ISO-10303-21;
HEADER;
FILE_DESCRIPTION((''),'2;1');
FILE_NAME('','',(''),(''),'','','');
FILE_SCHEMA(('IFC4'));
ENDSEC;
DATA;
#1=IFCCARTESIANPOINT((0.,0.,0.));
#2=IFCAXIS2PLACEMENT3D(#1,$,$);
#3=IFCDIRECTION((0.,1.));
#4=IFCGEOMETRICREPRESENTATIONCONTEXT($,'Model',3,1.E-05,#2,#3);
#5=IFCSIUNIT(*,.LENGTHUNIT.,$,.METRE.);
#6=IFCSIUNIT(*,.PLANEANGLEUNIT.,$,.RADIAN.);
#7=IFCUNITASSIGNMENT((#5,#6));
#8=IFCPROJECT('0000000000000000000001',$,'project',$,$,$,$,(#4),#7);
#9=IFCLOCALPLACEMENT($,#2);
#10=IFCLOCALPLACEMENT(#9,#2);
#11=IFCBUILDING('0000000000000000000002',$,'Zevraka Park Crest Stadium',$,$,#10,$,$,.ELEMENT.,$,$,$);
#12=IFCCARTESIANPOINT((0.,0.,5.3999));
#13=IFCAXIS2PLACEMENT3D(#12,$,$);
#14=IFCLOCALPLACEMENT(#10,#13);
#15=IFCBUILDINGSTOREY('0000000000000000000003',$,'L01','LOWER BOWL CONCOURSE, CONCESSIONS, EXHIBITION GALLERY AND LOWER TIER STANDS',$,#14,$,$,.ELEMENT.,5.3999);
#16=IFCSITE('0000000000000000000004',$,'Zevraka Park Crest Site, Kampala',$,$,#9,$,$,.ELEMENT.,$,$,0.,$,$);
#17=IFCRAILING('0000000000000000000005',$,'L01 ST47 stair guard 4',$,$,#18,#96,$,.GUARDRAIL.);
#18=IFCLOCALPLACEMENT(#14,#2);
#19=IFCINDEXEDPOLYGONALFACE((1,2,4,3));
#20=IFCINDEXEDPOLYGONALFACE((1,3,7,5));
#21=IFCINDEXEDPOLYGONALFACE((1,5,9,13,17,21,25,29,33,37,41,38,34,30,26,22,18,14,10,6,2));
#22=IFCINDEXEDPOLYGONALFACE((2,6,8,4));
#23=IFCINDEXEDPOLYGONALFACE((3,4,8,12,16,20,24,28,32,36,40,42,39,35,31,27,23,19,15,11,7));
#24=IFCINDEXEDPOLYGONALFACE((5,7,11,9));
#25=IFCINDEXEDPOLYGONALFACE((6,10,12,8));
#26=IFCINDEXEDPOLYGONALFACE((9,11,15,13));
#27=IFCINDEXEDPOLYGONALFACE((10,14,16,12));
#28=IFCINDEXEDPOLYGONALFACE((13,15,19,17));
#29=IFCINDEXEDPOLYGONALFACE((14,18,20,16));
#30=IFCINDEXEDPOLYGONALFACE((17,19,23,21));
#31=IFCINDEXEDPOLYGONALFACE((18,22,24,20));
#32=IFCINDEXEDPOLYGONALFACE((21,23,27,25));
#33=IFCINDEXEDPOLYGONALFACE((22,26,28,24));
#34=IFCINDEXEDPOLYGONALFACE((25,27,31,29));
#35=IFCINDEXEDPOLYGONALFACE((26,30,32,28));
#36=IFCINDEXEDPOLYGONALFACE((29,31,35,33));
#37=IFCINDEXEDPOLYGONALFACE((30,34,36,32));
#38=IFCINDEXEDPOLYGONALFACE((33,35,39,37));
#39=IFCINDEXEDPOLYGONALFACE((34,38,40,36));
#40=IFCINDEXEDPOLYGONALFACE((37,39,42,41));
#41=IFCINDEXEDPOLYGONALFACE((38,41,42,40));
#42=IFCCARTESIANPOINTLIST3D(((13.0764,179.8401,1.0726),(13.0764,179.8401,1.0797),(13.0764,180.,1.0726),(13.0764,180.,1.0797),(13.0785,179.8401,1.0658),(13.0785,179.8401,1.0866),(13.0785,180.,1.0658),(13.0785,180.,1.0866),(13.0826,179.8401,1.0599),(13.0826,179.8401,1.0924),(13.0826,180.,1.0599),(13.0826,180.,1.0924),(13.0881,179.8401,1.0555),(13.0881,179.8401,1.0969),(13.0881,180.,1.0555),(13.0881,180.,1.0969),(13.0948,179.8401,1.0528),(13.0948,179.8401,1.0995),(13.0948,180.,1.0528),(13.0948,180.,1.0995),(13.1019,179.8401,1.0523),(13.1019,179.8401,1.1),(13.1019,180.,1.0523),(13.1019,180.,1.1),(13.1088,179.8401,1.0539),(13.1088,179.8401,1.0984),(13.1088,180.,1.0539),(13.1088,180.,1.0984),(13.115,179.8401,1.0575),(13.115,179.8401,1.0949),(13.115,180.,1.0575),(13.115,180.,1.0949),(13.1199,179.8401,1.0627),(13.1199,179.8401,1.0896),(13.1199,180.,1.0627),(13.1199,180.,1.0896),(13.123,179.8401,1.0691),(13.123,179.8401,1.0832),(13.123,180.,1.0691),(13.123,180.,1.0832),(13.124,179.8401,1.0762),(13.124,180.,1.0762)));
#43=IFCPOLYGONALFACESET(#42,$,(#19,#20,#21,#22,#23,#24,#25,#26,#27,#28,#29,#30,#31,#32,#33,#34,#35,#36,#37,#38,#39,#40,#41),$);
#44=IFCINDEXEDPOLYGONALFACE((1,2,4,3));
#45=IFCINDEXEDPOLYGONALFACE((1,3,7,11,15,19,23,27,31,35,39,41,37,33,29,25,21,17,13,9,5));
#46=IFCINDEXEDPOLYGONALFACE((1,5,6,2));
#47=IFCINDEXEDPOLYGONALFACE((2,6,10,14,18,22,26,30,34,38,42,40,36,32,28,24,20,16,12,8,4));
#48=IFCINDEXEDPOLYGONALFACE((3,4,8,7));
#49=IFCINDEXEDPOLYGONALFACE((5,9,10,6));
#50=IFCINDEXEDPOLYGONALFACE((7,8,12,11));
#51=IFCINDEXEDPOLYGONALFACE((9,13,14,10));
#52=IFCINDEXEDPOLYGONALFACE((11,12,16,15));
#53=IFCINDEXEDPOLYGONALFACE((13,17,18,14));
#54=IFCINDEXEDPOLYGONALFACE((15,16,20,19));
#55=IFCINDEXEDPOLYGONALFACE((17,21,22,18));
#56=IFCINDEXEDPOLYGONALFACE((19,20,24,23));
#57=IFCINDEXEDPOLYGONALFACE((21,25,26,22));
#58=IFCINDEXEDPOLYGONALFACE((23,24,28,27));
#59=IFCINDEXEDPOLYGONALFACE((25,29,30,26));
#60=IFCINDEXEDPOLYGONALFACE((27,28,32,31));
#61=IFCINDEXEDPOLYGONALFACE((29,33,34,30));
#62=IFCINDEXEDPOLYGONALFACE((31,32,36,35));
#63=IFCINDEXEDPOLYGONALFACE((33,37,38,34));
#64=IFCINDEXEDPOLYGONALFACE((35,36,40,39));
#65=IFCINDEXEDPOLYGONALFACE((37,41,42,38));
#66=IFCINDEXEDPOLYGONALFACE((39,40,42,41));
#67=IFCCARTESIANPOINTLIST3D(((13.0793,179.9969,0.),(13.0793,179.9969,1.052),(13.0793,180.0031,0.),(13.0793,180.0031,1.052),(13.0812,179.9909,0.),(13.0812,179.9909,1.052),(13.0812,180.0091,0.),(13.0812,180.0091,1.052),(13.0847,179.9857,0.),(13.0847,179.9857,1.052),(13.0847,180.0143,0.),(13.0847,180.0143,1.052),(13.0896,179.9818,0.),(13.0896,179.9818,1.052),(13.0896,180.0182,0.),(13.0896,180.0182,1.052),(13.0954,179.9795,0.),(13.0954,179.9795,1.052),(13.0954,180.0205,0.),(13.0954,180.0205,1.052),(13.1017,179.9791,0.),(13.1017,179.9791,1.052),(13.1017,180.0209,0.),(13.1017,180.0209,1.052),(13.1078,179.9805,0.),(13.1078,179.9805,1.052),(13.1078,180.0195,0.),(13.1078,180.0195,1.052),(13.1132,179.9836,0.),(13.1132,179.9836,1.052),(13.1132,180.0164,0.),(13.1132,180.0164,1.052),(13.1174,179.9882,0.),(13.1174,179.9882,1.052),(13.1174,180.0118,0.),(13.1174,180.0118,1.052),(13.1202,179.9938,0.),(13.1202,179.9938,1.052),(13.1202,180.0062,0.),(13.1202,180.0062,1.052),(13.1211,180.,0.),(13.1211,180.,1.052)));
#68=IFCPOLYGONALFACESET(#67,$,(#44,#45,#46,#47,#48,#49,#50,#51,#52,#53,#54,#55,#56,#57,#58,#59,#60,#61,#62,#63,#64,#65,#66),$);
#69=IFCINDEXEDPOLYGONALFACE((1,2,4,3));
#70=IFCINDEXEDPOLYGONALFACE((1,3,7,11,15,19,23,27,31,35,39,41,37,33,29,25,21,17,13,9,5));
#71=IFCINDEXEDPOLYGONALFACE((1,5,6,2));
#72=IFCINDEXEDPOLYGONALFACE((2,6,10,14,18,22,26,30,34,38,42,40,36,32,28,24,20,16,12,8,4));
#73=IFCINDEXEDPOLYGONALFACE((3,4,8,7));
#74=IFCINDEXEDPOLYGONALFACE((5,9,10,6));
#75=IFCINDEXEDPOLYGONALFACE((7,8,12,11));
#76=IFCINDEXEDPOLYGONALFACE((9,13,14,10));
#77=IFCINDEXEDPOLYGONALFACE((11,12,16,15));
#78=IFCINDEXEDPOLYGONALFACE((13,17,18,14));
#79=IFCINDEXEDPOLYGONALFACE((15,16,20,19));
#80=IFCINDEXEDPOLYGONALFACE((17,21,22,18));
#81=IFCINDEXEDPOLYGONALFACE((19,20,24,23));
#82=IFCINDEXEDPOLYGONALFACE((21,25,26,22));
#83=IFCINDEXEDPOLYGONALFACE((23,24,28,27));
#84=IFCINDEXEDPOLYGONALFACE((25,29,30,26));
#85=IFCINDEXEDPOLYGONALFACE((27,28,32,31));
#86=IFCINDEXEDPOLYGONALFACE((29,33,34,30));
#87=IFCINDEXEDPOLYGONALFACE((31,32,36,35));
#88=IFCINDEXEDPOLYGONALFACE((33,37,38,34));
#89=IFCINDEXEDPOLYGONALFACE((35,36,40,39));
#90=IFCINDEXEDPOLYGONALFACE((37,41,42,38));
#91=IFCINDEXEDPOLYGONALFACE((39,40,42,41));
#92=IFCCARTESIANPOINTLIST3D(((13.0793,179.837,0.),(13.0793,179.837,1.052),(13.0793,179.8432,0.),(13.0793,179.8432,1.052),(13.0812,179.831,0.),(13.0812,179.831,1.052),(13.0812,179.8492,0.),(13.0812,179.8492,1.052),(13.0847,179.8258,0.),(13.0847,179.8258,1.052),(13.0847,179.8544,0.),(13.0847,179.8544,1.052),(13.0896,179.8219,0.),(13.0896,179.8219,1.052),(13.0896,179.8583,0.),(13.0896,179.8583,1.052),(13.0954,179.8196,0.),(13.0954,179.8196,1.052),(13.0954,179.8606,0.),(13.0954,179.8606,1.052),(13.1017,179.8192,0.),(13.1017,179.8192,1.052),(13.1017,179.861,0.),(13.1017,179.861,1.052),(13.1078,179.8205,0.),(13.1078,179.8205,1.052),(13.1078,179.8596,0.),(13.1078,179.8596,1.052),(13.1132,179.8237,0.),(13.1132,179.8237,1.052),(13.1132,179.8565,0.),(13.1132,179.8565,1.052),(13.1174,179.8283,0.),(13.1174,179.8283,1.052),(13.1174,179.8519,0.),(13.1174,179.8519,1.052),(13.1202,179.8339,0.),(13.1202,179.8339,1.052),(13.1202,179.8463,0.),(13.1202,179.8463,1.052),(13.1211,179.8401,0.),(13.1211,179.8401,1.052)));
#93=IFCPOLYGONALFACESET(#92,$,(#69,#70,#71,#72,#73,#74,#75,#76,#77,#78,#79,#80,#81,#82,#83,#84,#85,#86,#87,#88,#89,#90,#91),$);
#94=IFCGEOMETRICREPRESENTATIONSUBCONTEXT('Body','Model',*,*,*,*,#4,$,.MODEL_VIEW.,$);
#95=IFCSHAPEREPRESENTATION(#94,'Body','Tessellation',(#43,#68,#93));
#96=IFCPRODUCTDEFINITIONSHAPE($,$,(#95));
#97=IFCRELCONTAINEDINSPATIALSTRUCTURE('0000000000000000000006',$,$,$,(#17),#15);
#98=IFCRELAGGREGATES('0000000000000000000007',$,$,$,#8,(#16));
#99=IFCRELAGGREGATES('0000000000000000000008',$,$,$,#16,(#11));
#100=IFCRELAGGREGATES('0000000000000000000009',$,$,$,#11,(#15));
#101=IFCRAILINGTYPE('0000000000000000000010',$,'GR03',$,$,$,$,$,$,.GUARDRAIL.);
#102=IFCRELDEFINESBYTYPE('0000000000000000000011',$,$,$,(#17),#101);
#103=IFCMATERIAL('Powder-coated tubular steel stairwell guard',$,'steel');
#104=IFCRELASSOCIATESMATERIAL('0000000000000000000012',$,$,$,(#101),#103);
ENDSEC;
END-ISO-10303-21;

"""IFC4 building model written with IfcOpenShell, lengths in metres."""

from ifc_helpers import new_model, si_unit, direction, frame, origin, origin_2d, place, context, subcontext, project, spatial, circle, extrude, material, type_object, element, save


model = new_model("IFC4")

# Units and contexts
model_context = context("Model", 3, precision=1e-05, world=origin(), true_north=direction((0.0, 1.0)))
body_context = subcontext(model_context, "Body", "Model", "MODEL_VIEW")
ifc_project = project(units=[si_unit("LENGTHUNIT", "METRE"), si_unit("PLANEANGLEUNIT", "RADIAN")], contexts=[model_context])

# Site, building, storey
site_placement = place(None, origin())
site = spatial("IfcSite", under=ifc_project, at=site_placement, Name="Zevraka Park Crest Site, Kampala", CompositionType="ELEMENT", RefElevation=0.0)
building_placement = place(site_placement, origin())
building = spatial("IfcBuilding", under=site, at=building_placement, Name="Zevraka Park Crest Stadium", CompositionType="ELEMENT")
storey_placement = place(building_placement, frame((0.0, 0.0, 5.3999)))
storey = spatial("IfcBuildingStorey", under=building, at=storey_placement, Name="L01", Description="LOWER BOWL CONCOURSE, CONCESSIONS, EXHIBITION GALLERY AND LOWER TIER STANDS", CompositionType="ELEMENT", Elevation=5.3999)

# Railing
ifc_material_1 = material(Name="Powder-coated tubular steel stairwell guard", Category="steel")
railing_type_1 = type_object("IfcRailingType", Name="GR03", PredefinedType="GUARDRAIL", material=ifc_material_1)
railing_1_placement = place(storey_placement, frame((13.1001, 180.0, 0.0)))
element("IfcRailing", 1, at=railing_1_placement, inside=storey, type_object=railing_type_1, Name="L01 ST47 stair guard 4", PredefinedType="GUARDRAIL", context=body_context, shape_type="SweptSolid", body=[
    extrude(circle(Radius=0.0239, at=origin_2d()), frame((0.0, 0.0, 1.0762), z_axis=(0.0, -1.0, 0.0), x_axis=(1.0, 0.0, 0.0)), (0.0, 0.0, 1.0), 0.1599),
    extrude(circle(Radius=0.021, at=origin_2d()), origin(), (0.0, 0.0, 1.0), 1.052),
    extrude(circle(Radius=0.021, at=origin_2d()), frame((0.0, -0.1599, 0.0)), (0.0, 0.0, 1.0), 1.052),
])

save(model, "model.ifc")
